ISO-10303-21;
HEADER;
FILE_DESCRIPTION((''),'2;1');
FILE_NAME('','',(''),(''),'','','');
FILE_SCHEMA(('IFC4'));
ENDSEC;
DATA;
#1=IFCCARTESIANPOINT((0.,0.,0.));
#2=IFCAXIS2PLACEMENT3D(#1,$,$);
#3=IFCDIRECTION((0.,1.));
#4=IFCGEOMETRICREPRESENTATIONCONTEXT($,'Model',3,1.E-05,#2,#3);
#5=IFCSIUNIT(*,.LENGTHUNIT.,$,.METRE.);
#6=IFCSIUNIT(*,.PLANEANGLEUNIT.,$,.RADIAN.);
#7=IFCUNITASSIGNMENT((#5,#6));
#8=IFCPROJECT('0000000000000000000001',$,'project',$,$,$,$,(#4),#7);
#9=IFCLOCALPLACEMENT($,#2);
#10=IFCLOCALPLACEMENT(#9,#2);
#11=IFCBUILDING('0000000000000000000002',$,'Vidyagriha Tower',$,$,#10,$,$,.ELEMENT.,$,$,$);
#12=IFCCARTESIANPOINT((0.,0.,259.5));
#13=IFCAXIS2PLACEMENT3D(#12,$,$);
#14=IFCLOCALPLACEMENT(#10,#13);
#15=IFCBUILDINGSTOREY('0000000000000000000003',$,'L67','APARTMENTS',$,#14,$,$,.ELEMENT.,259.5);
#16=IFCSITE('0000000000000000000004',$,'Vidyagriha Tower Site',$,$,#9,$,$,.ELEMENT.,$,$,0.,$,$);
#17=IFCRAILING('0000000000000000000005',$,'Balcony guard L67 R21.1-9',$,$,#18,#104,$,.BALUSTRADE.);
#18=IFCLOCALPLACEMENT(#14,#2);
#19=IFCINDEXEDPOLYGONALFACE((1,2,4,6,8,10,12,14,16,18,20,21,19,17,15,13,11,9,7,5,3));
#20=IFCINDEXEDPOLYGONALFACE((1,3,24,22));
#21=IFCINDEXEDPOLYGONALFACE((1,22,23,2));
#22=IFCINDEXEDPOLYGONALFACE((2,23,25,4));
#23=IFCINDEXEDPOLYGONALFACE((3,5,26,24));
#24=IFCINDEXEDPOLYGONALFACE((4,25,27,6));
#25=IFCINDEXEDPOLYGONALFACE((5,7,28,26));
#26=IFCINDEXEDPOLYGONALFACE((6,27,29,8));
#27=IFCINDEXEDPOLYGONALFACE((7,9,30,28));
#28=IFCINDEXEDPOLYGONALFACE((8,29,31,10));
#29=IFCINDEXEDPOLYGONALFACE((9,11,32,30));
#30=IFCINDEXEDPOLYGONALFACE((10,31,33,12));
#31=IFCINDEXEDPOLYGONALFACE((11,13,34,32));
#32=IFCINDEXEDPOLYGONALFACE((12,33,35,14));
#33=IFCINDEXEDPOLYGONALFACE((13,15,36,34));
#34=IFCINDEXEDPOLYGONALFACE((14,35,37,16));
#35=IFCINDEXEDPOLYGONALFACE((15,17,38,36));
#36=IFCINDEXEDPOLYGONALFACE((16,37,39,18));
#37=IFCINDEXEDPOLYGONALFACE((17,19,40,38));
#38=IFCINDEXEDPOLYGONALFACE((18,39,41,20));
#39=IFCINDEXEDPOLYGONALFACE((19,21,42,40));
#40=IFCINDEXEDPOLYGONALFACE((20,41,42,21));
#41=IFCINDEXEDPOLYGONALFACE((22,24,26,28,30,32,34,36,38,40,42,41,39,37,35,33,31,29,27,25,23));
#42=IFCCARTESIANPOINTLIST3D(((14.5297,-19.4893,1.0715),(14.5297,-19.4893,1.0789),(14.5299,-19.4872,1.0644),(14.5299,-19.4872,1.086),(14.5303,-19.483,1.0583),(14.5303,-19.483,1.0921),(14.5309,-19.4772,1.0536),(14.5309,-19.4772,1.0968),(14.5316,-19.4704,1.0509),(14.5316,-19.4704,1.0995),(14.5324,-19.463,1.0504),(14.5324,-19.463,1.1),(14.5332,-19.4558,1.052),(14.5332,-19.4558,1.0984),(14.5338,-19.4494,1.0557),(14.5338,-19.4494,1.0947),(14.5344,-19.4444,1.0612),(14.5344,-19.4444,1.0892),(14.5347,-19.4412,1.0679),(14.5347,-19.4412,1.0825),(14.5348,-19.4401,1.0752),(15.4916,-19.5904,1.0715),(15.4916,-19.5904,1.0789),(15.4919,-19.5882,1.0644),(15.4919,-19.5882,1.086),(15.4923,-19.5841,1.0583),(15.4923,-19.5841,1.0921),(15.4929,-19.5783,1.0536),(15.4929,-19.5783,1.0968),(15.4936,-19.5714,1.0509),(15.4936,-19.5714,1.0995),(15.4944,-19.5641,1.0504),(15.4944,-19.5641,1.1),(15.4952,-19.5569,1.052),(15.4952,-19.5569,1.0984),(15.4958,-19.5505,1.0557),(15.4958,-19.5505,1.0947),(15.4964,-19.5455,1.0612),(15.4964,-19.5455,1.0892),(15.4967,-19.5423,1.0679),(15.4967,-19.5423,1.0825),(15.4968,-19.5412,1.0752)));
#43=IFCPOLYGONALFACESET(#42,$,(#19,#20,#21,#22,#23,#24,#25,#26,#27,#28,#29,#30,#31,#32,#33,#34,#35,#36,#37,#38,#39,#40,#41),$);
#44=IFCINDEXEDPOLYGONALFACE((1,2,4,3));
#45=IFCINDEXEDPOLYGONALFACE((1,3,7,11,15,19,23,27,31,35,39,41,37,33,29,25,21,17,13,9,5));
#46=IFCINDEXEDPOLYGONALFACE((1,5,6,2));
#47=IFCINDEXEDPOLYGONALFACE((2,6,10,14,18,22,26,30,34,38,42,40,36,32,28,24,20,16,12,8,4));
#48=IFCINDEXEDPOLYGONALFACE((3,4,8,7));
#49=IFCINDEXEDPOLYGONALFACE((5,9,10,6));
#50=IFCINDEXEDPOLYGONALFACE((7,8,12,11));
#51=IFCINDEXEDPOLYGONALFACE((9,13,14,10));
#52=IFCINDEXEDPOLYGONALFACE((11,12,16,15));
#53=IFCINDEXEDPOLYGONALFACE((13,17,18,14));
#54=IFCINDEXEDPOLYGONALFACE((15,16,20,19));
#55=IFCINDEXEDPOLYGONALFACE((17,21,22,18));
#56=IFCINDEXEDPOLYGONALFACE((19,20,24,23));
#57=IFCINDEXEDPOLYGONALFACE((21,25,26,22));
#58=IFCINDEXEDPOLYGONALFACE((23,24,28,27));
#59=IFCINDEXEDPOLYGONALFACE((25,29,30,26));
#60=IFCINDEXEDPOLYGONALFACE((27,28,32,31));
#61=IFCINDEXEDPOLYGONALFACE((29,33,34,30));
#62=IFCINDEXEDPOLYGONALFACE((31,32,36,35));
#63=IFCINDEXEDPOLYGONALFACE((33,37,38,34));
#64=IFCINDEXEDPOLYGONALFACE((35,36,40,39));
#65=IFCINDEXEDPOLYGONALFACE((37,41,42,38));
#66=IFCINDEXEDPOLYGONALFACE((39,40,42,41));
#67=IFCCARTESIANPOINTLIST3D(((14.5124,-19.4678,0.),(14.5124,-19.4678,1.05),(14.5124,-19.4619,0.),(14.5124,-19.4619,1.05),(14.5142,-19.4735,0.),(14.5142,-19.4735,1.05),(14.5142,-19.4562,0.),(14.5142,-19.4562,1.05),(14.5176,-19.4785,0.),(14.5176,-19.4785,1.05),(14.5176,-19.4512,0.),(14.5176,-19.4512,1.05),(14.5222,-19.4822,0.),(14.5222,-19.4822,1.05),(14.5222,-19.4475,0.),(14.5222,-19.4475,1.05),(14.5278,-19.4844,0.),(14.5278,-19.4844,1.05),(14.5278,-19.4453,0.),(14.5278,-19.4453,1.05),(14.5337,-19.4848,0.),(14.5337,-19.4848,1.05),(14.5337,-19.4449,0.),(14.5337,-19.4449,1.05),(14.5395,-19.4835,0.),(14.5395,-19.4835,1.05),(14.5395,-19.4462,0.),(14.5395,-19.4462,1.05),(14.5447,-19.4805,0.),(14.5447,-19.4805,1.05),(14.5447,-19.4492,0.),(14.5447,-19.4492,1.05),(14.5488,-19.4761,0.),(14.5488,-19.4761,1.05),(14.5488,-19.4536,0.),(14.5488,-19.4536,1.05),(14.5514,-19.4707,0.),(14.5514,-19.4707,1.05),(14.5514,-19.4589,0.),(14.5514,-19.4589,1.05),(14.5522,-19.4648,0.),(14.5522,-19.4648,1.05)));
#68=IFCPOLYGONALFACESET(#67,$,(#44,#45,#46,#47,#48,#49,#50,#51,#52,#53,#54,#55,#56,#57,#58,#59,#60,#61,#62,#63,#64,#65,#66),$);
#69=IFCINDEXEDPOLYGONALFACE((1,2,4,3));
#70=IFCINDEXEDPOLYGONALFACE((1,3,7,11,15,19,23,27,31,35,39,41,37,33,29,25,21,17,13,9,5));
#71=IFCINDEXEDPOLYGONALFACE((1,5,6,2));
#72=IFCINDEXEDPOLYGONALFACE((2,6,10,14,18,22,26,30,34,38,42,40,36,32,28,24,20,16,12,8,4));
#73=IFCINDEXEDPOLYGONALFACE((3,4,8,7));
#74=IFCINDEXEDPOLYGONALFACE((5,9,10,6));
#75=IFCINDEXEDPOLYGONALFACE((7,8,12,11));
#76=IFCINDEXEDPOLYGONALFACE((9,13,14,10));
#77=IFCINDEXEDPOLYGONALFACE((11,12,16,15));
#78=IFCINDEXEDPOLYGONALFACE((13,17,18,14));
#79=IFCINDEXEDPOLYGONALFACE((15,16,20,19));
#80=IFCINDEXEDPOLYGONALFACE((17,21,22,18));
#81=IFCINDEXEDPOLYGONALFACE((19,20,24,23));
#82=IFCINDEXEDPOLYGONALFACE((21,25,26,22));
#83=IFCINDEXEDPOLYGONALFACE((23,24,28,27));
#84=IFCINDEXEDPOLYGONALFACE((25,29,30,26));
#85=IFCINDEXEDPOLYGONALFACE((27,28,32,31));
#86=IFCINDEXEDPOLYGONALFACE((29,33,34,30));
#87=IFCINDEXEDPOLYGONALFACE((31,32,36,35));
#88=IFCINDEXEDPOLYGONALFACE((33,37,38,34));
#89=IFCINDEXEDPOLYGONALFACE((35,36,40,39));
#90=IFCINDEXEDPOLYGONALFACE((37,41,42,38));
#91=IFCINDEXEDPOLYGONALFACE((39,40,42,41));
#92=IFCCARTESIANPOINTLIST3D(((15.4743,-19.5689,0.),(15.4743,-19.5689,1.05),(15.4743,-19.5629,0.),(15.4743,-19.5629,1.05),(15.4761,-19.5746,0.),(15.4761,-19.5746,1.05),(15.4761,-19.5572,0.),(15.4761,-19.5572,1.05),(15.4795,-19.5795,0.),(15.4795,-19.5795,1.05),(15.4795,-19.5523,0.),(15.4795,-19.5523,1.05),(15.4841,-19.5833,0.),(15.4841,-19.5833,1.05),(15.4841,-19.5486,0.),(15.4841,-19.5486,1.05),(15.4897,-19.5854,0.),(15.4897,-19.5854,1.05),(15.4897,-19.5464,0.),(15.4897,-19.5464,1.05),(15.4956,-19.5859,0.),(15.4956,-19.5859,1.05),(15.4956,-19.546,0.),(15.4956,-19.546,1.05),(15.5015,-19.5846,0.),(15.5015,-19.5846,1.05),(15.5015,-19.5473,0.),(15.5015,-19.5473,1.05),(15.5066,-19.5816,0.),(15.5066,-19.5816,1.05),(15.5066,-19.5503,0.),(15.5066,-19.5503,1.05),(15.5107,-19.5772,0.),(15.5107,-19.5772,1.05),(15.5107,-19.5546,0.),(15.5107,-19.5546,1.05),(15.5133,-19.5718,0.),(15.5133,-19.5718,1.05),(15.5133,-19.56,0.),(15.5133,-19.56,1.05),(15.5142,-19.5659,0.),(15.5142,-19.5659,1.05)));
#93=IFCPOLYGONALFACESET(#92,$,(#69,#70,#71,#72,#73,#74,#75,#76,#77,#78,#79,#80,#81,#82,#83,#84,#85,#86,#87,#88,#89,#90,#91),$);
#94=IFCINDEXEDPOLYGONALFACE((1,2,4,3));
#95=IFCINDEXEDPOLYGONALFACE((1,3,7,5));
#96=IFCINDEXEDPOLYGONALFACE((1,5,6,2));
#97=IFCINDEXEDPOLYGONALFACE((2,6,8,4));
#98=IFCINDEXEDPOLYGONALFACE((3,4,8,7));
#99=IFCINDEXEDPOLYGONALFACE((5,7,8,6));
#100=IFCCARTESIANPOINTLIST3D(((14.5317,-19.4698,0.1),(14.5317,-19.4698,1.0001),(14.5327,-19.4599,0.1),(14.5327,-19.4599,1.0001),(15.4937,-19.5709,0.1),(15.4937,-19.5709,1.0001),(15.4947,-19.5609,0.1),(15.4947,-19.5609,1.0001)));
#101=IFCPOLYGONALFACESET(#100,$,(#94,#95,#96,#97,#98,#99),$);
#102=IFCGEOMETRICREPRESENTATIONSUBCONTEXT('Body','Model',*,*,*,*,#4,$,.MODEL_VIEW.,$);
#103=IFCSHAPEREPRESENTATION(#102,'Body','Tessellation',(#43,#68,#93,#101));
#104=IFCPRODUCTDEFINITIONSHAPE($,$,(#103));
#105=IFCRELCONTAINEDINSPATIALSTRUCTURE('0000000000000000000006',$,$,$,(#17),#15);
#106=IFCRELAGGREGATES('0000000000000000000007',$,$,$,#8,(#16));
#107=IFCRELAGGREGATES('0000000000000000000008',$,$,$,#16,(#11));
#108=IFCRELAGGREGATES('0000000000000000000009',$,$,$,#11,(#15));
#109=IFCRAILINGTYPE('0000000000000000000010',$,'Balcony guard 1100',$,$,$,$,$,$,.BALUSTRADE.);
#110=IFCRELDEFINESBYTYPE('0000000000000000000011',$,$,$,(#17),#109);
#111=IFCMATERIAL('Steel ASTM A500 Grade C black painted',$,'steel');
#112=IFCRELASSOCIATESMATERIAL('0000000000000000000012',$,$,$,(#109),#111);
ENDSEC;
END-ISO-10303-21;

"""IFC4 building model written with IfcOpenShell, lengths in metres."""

from ifc_helpers import new_model, si_unit, direction, frame, origin, origin_2d, place, context, subcontext, project, spatial, rectangle, circle, extrude, material, type_object, element, save


model = new_model("IFC4")

# Units and contexts
model_context = context("Model", 3, precision=1e-05, world=origin(), true_north=direction((0.0, 1.0)))
body_context = subcontext(model_context, "Body", "Model", "MODEL_VIEW")
ifc_project = project(units=[si_unit("LENGTHUNIT", "METRE"), si_unit("PLANEANGLEUNIT", "RADIAN")], contexts=[model_context])

# Site, building, storey
site_placement = place(None, origin())
site = spatial("IfcSite", under=ifc_project, at=site_placement, Name="Vidyagriha Tower Site", CompositionType="ELEMENT", RefElevation=0.0)
building_placement = place(site_placement, origin())
building = spatial("IfcBuilding", under=site, at=building_placement, Name="Vidyagriha Tower", CompositionType="ELEMENT")
storey_placement = place(building_placement, frame((0.0, 0.0, 259.5)))
storey = spatial("IfcBuildingStorey", under=building, at=storey_placement, Name="L67", Description="APARTMENTS", CompositionType="ELEMENT", Elevation=259.5)

# Railing
ifc_material_1 = material(Name="Steel ASTM A500 Grade C black painted", Category="steel")
railing_type = type_object("IfcRailingType", Name="Balcony guard 1100", PredefinedType="BALUSTRADE", material=ifc_material_1)
railing_1_placement = place(storey_placement, frame((14.5322, -19.4648, 0.0)))
element("IfcRailing", 1, at=railing_1_placement, inside=storey, type_object=railing_type, Name="Balcony guard L67 R21.1-9", PredefinedType="BALUSTRADE", context=body_context, shape_type="SweptSolid", body=[
    extrude(circle(Radius=0.0249, at=origin_2d()), frame((0.0, 0.0, 1.0752), z_axis=(0.994525, -0.104501, 0.0), x_axis=(0.104501, 0.994525, 0.0)), (0.0, 0.0, 1.0), 0.9673),
    extrude(circle(Radius=0.02, at=origin_2d()), origin(), (0.0, 0.0, 1.0), 1.05),
    extrude(circle(Radius=0.02, at=origin_2d()), frame((0.9619, -0.1011, 0.0)), (0.0, 0.0, 1.0), 1.05),
    extrude(rectangle(XDim=0.01, YDim=0.9001, at=origin_2d()), frame((0.0, 0.0, 0.55), z_axis=(0.994525, -0.104501, 0.0), x_axis=(0.104501, 0.994525, 0.0)), (0.0, 0.0, 1.0), 0.9673),
])

save(model, "model.ifc")
